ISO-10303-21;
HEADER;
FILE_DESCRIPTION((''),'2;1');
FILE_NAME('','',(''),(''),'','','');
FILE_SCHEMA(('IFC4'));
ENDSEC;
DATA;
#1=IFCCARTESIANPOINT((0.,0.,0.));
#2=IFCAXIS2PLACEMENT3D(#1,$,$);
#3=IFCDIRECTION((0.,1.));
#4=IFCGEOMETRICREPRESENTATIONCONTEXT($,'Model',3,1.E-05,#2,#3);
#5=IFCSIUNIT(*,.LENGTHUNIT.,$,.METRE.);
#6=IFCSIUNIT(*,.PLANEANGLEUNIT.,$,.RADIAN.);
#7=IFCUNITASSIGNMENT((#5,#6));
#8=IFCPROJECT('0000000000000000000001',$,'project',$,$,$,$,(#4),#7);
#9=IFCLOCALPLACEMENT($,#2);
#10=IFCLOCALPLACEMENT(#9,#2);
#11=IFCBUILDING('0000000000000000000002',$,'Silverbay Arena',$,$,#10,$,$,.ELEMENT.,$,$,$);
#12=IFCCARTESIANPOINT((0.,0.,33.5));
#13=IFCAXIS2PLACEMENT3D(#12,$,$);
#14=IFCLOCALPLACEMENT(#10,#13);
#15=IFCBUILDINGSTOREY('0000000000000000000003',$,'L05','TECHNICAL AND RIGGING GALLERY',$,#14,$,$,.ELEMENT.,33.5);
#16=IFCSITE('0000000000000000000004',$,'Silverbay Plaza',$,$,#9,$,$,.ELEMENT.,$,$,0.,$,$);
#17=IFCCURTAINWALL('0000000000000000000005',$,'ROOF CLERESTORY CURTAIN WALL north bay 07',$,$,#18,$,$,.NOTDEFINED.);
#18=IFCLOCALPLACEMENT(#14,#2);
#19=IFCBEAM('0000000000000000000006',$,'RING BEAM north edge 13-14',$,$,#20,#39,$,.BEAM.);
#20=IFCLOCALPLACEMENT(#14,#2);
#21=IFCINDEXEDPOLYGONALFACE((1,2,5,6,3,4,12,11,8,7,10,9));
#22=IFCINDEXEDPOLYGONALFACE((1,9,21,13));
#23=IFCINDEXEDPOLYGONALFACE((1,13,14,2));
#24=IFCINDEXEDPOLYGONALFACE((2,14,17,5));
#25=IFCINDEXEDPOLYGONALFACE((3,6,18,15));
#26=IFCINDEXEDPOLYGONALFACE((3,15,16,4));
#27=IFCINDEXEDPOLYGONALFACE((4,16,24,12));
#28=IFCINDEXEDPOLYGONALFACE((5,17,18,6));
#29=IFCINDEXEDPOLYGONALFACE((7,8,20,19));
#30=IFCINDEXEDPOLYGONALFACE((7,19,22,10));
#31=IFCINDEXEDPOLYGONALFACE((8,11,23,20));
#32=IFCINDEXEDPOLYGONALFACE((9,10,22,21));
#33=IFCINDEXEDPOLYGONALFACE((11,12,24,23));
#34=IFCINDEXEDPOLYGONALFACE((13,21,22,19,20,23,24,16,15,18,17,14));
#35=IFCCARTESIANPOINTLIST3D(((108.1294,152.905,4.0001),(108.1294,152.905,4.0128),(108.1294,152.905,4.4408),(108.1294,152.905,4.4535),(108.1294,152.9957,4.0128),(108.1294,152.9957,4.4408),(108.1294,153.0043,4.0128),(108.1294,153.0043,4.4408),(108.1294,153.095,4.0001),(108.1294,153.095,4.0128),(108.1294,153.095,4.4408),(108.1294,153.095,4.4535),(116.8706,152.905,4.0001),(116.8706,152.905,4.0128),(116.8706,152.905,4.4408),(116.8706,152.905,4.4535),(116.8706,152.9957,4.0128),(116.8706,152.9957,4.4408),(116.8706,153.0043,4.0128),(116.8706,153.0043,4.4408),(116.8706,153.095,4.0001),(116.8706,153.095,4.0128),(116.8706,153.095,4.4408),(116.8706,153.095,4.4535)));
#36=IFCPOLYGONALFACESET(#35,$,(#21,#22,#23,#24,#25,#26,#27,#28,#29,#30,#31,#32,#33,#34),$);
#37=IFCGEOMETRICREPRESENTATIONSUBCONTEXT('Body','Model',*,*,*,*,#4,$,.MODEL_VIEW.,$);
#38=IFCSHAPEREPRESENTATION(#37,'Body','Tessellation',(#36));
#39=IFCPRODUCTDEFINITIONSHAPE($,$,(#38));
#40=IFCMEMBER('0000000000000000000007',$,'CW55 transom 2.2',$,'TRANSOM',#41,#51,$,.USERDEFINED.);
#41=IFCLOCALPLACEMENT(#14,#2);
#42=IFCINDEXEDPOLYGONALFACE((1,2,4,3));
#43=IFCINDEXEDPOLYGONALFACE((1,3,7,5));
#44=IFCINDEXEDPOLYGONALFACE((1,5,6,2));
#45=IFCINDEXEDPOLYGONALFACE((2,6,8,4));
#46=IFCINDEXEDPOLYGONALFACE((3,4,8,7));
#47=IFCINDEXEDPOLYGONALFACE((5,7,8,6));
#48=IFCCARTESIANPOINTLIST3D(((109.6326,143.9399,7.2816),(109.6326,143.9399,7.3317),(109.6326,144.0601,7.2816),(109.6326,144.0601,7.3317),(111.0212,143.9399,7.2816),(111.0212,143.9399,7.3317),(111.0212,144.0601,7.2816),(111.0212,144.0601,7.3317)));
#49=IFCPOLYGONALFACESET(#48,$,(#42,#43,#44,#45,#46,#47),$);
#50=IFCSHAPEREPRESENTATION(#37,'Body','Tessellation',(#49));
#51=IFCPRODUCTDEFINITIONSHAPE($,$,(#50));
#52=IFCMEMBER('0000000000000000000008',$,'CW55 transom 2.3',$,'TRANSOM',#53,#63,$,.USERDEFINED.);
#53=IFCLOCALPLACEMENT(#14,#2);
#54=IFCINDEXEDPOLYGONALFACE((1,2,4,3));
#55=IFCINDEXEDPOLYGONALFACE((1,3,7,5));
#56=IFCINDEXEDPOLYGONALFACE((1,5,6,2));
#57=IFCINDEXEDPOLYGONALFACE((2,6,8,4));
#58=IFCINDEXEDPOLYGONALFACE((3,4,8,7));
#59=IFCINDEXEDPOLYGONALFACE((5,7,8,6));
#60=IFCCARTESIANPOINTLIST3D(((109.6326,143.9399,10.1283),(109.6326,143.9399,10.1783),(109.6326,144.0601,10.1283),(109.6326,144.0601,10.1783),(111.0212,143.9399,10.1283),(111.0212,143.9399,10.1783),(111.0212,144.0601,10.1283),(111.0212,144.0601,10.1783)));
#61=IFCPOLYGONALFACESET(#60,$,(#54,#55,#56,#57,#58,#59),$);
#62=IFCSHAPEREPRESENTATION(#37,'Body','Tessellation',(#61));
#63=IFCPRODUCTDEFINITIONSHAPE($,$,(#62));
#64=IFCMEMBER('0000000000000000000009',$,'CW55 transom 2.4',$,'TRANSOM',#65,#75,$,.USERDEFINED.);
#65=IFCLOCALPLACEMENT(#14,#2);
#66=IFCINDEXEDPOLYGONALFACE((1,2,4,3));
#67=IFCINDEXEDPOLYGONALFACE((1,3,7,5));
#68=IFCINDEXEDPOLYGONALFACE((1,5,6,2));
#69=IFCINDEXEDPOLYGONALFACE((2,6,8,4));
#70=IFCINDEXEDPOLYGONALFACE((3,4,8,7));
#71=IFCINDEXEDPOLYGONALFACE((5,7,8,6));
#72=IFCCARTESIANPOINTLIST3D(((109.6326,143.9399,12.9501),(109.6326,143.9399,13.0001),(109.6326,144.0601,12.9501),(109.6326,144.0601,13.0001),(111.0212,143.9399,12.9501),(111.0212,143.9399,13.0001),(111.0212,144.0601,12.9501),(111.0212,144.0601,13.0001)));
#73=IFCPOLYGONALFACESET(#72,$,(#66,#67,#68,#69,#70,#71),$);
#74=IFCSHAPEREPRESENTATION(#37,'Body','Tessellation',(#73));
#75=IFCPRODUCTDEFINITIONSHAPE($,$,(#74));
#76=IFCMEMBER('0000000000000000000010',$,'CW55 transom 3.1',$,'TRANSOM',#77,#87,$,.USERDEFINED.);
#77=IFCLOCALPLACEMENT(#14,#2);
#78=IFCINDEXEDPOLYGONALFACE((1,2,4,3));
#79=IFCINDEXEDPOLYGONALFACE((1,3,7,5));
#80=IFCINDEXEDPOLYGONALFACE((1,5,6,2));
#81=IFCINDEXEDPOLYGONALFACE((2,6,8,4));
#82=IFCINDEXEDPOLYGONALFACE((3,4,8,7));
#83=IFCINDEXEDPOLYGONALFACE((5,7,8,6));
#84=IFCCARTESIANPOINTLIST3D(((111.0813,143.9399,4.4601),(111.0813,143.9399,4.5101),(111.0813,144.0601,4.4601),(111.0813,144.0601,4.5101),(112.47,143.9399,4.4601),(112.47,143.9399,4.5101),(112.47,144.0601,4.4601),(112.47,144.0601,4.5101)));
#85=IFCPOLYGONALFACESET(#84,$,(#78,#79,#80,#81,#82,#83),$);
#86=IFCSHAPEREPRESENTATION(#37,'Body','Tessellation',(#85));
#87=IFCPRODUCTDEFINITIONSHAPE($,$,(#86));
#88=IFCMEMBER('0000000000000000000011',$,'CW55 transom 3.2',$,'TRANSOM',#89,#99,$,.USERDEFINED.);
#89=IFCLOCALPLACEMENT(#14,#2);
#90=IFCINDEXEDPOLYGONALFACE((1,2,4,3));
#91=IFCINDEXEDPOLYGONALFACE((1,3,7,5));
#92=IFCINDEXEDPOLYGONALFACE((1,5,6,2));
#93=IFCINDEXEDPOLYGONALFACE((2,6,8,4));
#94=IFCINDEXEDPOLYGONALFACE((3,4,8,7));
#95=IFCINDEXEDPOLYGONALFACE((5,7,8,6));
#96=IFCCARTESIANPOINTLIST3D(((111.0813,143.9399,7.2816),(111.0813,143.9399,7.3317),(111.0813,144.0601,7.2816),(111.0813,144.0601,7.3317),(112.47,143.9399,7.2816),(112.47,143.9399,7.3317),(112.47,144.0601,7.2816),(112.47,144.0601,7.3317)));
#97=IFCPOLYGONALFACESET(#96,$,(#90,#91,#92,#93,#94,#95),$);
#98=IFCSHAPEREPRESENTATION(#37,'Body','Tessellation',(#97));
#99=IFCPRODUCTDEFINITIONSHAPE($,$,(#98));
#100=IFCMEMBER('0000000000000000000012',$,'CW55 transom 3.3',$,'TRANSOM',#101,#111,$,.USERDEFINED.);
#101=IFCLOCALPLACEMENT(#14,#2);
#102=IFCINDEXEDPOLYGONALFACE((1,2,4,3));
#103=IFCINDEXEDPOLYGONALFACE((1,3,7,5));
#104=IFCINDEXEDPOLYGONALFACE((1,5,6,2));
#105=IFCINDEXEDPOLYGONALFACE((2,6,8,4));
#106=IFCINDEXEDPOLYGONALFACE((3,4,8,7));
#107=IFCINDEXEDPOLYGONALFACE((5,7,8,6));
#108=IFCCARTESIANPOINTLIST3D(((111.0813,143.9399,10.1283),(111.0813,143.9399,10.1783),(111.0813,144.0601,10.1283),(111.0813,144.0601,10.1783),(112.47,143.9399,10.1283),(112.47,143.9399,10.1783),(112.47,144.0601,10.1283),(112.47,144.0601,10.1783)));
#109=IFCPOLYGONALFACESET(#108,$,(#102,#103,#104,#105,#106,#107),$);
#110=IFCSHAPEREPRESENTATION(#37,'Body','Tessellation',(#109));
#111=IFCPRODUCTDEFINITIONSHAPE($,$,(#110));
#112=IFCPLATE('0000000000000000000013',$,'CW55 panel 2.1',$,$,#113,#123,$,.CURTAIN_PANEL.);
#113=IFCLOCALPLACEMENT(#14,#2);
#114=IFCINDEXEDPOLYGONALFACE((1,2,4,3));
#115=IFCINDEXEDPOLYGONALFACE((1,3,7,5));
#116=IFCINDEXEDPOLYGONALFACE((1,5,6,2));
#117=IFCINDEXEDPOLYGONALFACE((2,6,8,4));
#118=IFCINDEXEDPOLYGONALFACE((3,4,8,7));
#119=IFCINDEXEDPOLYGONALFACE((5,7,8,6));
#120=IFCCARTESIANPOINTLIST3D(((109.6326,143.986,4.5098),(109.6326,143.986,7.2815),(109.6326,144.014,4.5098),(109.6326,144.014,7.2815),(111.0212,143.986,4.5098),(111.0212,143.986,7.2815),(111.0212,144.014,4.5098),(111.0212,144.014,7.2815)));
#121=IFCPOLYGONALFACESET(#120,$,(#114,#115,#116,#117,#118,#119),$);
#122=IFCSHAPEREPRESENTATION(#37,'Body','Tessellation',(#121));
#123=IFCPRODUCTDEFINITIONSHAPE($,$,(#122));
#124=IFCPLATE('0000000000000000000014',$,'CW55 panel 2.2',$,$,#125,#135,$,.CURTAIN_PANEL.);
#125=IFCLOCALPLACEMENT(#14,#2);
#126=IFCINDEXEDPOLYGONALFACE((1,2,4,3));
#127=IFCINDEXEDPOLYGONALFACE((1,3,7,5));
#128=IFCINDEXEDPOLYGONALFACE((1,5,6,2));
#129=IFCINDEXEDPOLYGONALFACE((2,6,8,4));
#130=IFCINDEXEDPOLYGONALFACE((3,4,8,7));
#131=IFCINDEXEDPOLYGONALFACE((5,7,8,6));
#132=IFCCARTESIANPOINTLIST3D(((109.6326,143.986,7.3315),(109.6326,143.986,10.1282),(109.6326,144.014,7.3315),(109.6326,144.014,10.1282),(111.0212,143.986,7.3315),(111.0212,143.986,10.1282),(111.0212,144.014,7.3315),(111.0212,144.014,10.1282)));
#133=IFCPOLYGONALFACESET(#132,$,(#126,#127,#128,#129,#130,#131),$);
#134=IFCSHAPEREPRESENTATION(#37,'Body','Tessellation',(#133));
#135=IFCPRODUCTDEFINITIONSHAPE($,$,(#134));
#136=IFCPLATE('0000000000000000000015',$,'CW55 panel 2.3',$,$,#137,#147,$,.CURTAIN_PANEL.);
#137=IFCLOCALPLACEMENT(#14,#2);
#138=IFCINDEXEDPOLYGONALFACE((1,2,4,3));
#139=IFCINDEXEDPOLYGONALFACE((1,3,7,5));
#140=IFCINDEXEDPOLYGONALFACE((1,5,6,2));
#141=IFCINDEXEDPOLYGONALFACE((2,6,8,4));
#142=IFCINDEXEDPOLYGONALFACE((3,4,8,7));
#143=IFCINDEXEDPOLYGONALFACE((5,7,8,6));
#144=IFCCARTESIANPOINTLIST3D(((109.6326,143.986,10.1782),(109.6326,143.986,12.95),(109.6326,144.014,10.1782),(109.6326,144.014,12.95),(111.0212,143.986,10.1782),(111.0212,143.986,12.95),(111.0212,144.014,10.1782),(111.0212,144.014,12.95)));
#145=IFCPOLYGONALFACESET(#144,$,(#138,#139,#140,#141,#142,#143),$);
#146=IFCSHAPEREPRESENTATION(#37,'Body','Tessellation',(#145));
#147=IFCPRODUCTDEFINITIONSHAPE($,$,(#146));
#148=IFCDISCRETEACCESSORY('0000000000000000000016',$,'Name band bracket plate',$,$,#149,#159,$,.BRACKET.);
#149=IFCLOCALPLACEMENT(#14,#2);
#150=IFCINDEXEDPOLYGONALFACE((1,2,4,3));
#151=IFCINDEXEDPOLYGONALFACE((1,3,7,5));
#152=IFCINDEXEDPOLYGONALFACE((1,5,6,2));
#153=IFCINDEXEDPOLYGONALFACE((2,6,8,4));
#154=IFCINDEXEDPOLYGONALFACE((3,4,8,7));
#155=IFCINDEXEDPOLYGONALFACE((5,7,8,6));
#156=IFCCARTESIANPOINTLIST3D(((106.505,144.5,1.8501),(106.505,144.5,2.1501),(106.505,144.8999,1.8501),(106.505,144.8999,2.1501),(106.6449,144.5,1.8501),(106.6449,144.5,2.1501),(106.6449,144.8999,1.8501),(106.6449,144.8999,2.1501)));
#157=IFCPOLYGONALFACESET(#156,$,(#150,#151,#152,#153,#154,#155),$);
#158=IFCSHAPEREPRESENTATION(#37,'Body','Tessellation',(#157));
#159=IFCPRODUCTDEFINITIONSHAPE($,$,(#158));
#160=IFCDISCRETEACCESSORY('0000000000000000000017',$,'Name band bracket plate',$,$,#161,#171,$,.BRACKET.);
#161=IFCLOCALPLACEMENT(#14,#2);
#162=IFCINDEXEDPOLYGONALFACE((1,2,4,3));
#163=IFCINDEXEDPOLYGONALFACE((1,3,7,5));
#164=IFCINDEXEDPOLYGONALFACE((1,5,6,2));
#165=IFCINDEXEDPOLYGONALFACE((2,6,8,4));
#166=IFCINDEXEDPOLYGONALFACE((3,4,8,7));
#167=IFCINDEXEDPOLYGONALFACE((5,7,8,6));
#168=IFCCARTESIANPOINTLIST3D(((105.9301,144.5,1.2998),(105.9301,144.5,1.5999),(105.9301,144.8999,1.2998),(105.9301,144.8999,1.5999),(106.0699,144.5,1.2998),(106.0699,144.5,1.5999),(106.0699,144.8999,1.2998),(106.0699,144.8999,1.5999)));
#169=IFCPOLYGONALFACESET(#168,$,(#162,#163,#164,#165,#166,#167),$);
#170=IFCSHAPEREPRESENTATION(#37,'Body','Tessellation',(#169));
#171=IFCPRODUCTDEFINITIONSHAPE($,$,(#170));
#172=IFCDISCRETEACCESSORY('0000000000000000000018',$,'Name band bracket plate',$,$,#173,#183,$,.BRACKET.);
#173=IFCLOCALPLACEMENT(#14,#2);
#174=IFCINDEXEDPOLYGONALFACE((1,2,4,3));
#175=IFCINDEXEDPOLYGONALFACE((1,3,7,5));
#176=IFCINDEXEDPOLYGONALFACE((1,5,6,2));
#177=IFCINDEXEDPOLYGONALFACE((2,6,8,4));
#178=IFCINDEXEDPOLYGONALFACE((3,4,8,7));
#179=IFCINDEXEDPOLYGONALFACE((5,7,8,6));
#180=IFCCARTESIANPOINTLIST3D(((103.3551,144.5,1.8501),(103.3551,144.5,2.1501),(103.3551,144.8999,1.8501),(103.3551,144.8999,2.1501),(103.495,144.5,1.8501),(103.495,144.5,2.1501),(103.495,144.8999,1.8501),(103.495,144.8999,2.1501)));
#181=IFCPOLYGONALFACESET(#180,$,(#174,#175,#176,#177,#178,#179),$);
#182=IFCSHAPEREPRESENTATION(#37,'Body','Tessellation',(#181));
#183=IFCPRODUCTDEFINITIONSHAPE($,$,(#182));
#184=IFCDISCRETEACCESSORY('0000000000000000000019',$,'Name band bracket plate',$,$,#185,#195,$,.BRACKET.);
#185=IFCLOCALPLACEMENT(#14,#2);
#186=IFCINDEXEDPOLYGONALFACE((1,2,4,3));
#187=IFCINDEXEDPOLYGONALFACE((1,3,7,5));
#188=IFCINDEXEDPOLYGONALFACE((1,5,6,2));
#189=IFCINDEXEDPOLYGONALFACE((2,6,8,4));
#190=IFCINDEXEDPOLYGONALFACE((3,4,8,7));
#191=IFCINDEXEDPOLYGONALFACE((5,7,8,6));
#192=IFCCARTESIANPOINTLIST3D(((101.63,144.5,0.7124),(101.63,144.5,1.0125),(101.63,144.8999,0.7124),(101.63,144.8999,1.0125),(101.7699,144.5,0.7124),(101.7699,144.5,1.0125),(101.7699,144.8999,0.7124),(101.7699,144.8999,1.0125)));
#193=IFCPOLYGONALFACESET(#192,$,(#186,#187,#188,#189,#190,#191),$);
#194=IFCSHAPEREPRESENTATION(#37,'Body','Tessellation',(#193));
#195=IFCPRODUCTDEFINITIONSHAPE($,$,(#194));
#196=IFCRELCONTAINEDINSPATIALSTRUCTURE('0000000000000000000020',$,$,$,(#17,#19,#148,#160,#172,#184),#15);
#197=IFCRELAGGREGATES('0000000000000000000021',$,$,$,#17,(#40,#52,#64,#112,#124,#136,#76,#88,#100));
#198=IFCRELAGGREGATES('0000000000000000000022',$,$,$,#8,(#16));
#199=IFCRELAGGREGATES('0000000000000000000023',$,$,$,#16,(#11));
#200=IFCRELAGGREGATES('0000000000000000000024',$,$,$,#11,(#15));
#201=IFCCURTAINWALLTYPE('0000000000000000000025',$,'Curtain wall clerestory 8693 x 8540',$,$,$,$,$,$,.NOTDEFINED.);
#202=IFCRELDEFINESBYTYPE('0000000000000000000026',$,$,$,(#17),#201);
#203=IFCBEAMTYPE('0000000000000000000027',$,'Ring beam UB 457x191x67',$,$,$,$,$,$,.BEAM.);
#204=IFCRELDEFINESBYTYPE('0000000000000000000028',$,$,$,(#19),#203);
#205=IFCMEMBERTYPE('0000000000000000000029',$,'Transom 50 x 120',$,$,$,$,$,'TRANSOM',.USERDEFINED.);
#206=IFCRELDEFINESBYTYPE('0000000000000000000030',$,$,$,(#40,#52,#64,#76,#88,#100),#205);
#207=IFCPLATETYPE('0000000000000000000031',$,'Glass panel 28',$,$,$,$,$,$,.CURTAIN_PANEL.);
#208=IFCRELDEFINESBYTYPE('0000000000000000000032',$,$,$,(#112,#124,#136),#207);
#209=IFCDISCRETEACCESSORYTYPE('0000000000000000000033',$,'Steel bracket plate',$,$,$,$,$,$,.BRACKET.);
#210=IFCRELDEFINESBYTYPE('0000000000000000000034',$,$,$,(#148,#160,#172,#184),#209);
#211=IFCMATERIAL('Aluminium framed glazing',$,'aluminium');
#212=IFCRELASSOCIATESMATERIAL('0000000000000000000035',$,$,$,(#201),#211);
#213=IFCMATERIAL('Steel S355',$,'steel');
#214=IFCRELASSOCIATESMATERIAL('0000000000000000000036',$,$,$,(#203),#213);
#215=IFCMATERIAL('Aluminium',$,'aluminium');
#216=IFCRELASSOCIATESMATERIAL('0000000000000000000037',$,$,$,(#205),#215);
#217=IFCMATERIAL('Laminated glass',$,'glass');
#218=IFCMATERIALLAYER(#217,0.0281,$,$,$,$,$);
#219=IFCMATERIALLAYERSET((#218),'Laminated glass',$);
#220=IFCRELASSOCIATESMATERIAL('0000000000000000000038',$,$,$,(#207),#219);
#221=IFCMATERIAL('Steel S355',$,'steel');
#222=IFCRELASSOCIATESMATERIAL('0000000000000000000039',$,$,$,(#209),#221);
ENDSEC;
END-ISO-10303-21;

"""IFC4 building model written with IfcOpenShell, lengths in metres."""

from ifc_helpers import new_model, si_unit, direction, frame, origin, origin_2d, place, context, subcontext, project, spatial, rectangle, i_section, extrude, material, layer, layer_set, material_profile, profile_set, type_object, element, aggregate, save


model = new_model("IFC4")

# Units and contexts
model_context = context("Model", 3, precision=1e-05, world=origin(), true_north=direction((0.0, 1.0)))
body_context = subcontext(model_context, "Body", "Model", "MODEL_VIEW")
ifc_project = project(units=[si_unit("LENGTHUNIT", "METRE"), si_unit("PLANEANGLEUNIT", "RADIAN")], contexts=[model_context])

# Site, building, storey
site_placement = place(None, origin())
site = spatial("IfcSite", under=ifc_project, at=site_placement, Name="Silverbay Plaza", CompositionType="ELEMENT", RefElevation=0.0)
building_placement = place(site_placement, origin())
building = spatial("IfcBuilding", under=site, at=building_placement, Name="Silverbay Arena", CompositionType="ELEMENT")
storey_placement = place(building_placement, frame((0.0, 0.0, 33.5)))
storey = spatial("IfcBuildingStorey", under=building, at=storey_placement, Name="L05", Description="TECHNICAL AND RIGGING GALLERY", CompositionType="ELEMENT", Elevation=33.5)

# Curtain wall
ifc_material_1 = material(Name="Aluminium framed glazing", Category="aluminium")
curtain_wall_type = type_object("IfcCurtainWallType", Name="Curtain wall clerestory 8693 x 8540", PredefinedType="NOTDEFINED", material=ifc_material_1)
curtain_wall_placement = place(storey_placement, origin())
curtain_wall = element("IfcCurtainWall", 1, at=curtain_wall_placement, inside=storey, type_object=curtain_wall_type, Name="ROOF CLERESTORY CURTAIN WALL north bay 07", PredefinedType="NOTDEFINED")

# Beam
ifc_material_2 = material(Name="Steel S355", Category="steel")
ifc_material_profile_1 = material_profile(ifc_material_2, i_section(OverallWidth=0.1899, OverallDepth=0.4534, WebThickness=0.0085, FlangeThickness=0.0127, at=origin_2d()), Name="UB 457x191x67")
ifc_profile_set_1 = profile_set([ifc_material_profile_1], Name="Steel S355")
beam_type = type_object("IfcBeamType", Name="Ring beam UB 457x191x67", PredefinedType="BEAM", material=ifc_profile_set_1)
beam_1_placement = place(storey_placement, frame((108.1294, 153.0, 4.2268), z_axis=(1.0, 0.0, 0.0), x_axis=(0.0, 1.0, 0.0)))
element("IfcBeam", 2, at=beam_1_placement, inside=storey, type_object=beam_type, Name="RING BEAM north edge 13-14", PredefinedType="BEAM", context=body_context, shape_type="SweptSolid", body=[
    extrude(i_section(OverallWidth=0.1899, OverallDepth=0.4534, WebThickness=0.0085, FlangeThickness=0.0127, at=origin_2d()), origin(), (0.0, 0.0, 1.0), 8.7412),
])

# Members
ifc_material_3 = material(Name="Aluminium", Category="aluminium")
ifc_material_profile_2 = material_profile(ifc_material_3, rectangle(XDim=0.1201, YDim=0.05, at=origin_2d()), Name="Transom 50 x 120")
ifc_profile_set_2 = profile_set([ifc_material_profile_2], Name="Aluminium")
member_type_1 = type_object("IfcMemberType", Name="Transom 50 x 120", ElementType="TRANSOM", PredefinedType="USERDEFINED", material=ifc_profile_set_2)
member_1_placement = place(storey_placement, frame((109.6326, 144.0, 7.3066), z_axis=(1.0, 0.0, 0.0), x_axis=(0.0, 1.0, 0.0)))
member_1 = element("IfcMember", 3, at=member_1_placement, type_object=member_type_1, Name="CW55 transom 2.2", ObjectType="TRANSOM", PredefinedType="USERDEFINED", context=body_context, shape_type="SweptSolid", body=[
    extrude(rectangle(XDim=0.1201, YDim=0.05, at=origin_2d()), origin(), (0.0, 0.0, 1.0), 1.3887),
])
member_2_placement = place(storey_placement, frame((109.6326, 144.0, 10.1533), z_axis=(1.0, 0.0, 0.0), x_axis=(0.0, 1.0, 0.0)))
member_2 = element("IfcMember", 4, at=member_2_placement, type_object=member_type_1, Name="CW55 transom 2.3", ObjectType="TRANSOM", PredefinedType="USERDEFINED", context=body_context, shape_type="SweptSolid", body=[
    extrude(rectangle(XDim=0.1201, YDim=0.05, at=origin_2d()), origin(), (0.0, 0.0, 1.0), 1.3887),
])
member_3_placement = place(storey_placement, frame((109.6326, 144.0, 12.9751), z_axis=(1.0, 0.0, 0.0), x_axis=(0.0, 1.0, 0.0)))
member_3 = element("IfcMember", 5, at=member_3_placement, type_object=member_type_1, Name="CW55 transom 2.4", ObjectType="TRANSOM", PredefinedType="USERDEFINED", context=body_context, shape_type="SweptSolid", body=[
    extrude(rectangle(XDim=0.1201, YDim=0.05, at=origin_2d()), origin(), (0.0, 0.0, 1.0), 1.3887),
])
member_4_placement = place(storey_placement, frame((111.0813, 144.0, 4.4851), z_axis=(1.0, 0.0, 0.0), x_axis=(0.0, 1.0, 0.0)))
member_4 = element("IfcMember", 6, at=member_4_placement, type_object=member_type_1, Name="CW55 transom 3.1", ObjectType="TRANSOM", PredefinedType="USERDEFINED", context=body_context, shape_type="SweptSolid", body=[
    extrude(rectangle(XDim=0.1201, YDim=0.05, at=origin_2d()), origin(), (0.0, 0.0, 1.0), 1.3887),
])
member_5_placement = place(storey_placement, frame((111.0813, 144.0, 7.3066), z_axis=(1.0, 0.0, 0.0), x_axis=(0.0, 1.0, 0.0)))
member_5 = element("IfcMember", 7, at=member_5_placement, type_object=member_type_1, Name="CW55 transom 3.2", ObjectType="TRANSOM", PredefinedType="USERDEFINED", context=body_context, shape_type="SweptSolid", body=[
    extrude(rectangle(XDim=0.1201, YDim=0.05, at=origin_2d()), origin(), (0.0, 0.0, 1.0), 1.3887),
])
member_6_placement = place(storey_placement, frame((111.0813, 144.0, 10.1533), z_axis=(1.0, 0.0, 0.0), x_axis=(0.0, 1.0, 0.0)))
member_6 = element("IfcMember", 8, at=member_6_placement, type_object=member_type_1, Name="CW55 transom 3.3", ObjectType="TRANSOM", PredefinedType="USERDEFINED", context=body_context, shape_type="SweptSolid", body=[
    extrude(rectangle(XDim=0.1201, YDim=0.05, at=origin_2d()), origin(), (0.0, 0.0, 1.0), 1.3887),
])

# Plates
ifc_material_4 = material(Name="Laminated glass", Category="glass")
ifc_layer = layer(ifc_material_4, 0.0281)
ifc_layer_set = layer_set([ifc_layer], Name="Laminated glass")
plate_type = type_object("IfcPlateType", Name="Glass panel 28", PredefinedType="CURTAIN_PANEL", material=ifc_layer_set)
plate_1_placement = place(storey_placement, frame((110.3269, 144.0, 4.5098), z_axis=(0.0, 0.0, 1.0), x_axis=(1.0, 0.0, 0.0)))
plate_1 = element("IfcPlate", 9, at=plate_1_placement, type_object=plate_type, Name="CW55 panel 2.1", PredefinedType="CURTAIN_PANEL", context=body_context, shape_type="SweptSolid", body=[
    extrude(rectangle(XDim=1.3887, YDim=0.0281, at=origin_2d()), origin(), (0.0, 0.0, 1.0), 2.7717),
])
plate_2_placement = place(storey_placement, frame((110.3269, 144.0, 7.3315), z_axis=(0.0, 0.0, 1.0), x_axis=(1.0, 0.0, 0.0)))
plate_2 = element("IfcPlate", 10, at=plate_2_placement, type_object=plate_type, Name="CW55 panel 2.2", PredefinedType="CURTAIN_PANEL", context=body_context, shape_type="SweptSolid", body=[
    extrude(rectangle(XDim=1.3887, YDim=0.0281, at=origin_2d()), origin(), (0.0, 0.0, 1.0), 2.7966),
])
plate_3_placement = place(storey_placement, frame((110.3269, 144.0, 10.1782), z_axis=(0.0, 0.0, 1.0), x_axis=(1.0, 0.0, 0.0)))
plate_3 = element("IfcPlate", 11, at=plate_3_placement, type_object=plate_type, Name="CW55 panel 2.3", PredefinedType="CURTAIN_PANEL", context=body_context, shape_type="SweptSolid", body=[
    extrude(rectangle(XDim=1.3887, YDim=0.0281, at=origin_2d()), origin(), (0.0, 0.0, 1.0), 2.7717),
])
aggregate(curtain_wall, [member_1, member_2, member_3, plate_1, plate_2, plate_3, member_4, member_5, member_6])

# Discrete accessories
ifc_material_5 = material(Name="Steel S355", Category="steel")
discrete_accessory_type = type_object("IfcDiscreteAccessoryType", Name="Steel bracket plate", PredefinedType="BRACKET", material=ifc_material_5)
for number, where, z_axis, x_axis, name in (
    (12, (106.575, 144.7, 1.8501), (0.0, 0.0, 1.0), (1.0, 0.0, 0.0), "Name band bracket plate"),
    (13, (106.0, 144.7, 1.2998), (0.0, 0.0, 1.0), (1.0, 0.0, 0.0), "Name band bracket plate"),
    (14, (103.425, 144.7, 1.8501), (0.0, 0.0, 1.0), (1.0, 0.0, 0.0), "Name band bracket plate"),
    (15, (101.7, 144.7, 0.7124), (0.0, 0.0, 1.0), (1.0, 0.0, 0.0), "Name band bracket plate"),
):
    element("IfcDiscreteAccessory", number, at=place(storey_placement, frame(where, z_axis=z_axis, x_axis=x_axis)), inside=storey, type_object=discrete_accessory_type, Name=name, PredefinedType="BRACKET", context=body_context, shape_type="SweptSolid", body=[
        extrude(rectangle(XDim=0.1399, YDim=0.3999, at=origin_2d()), origin(), (0.0, 0.0, 1.0), 0.3),
    ])

save(model, "model.ifc")
